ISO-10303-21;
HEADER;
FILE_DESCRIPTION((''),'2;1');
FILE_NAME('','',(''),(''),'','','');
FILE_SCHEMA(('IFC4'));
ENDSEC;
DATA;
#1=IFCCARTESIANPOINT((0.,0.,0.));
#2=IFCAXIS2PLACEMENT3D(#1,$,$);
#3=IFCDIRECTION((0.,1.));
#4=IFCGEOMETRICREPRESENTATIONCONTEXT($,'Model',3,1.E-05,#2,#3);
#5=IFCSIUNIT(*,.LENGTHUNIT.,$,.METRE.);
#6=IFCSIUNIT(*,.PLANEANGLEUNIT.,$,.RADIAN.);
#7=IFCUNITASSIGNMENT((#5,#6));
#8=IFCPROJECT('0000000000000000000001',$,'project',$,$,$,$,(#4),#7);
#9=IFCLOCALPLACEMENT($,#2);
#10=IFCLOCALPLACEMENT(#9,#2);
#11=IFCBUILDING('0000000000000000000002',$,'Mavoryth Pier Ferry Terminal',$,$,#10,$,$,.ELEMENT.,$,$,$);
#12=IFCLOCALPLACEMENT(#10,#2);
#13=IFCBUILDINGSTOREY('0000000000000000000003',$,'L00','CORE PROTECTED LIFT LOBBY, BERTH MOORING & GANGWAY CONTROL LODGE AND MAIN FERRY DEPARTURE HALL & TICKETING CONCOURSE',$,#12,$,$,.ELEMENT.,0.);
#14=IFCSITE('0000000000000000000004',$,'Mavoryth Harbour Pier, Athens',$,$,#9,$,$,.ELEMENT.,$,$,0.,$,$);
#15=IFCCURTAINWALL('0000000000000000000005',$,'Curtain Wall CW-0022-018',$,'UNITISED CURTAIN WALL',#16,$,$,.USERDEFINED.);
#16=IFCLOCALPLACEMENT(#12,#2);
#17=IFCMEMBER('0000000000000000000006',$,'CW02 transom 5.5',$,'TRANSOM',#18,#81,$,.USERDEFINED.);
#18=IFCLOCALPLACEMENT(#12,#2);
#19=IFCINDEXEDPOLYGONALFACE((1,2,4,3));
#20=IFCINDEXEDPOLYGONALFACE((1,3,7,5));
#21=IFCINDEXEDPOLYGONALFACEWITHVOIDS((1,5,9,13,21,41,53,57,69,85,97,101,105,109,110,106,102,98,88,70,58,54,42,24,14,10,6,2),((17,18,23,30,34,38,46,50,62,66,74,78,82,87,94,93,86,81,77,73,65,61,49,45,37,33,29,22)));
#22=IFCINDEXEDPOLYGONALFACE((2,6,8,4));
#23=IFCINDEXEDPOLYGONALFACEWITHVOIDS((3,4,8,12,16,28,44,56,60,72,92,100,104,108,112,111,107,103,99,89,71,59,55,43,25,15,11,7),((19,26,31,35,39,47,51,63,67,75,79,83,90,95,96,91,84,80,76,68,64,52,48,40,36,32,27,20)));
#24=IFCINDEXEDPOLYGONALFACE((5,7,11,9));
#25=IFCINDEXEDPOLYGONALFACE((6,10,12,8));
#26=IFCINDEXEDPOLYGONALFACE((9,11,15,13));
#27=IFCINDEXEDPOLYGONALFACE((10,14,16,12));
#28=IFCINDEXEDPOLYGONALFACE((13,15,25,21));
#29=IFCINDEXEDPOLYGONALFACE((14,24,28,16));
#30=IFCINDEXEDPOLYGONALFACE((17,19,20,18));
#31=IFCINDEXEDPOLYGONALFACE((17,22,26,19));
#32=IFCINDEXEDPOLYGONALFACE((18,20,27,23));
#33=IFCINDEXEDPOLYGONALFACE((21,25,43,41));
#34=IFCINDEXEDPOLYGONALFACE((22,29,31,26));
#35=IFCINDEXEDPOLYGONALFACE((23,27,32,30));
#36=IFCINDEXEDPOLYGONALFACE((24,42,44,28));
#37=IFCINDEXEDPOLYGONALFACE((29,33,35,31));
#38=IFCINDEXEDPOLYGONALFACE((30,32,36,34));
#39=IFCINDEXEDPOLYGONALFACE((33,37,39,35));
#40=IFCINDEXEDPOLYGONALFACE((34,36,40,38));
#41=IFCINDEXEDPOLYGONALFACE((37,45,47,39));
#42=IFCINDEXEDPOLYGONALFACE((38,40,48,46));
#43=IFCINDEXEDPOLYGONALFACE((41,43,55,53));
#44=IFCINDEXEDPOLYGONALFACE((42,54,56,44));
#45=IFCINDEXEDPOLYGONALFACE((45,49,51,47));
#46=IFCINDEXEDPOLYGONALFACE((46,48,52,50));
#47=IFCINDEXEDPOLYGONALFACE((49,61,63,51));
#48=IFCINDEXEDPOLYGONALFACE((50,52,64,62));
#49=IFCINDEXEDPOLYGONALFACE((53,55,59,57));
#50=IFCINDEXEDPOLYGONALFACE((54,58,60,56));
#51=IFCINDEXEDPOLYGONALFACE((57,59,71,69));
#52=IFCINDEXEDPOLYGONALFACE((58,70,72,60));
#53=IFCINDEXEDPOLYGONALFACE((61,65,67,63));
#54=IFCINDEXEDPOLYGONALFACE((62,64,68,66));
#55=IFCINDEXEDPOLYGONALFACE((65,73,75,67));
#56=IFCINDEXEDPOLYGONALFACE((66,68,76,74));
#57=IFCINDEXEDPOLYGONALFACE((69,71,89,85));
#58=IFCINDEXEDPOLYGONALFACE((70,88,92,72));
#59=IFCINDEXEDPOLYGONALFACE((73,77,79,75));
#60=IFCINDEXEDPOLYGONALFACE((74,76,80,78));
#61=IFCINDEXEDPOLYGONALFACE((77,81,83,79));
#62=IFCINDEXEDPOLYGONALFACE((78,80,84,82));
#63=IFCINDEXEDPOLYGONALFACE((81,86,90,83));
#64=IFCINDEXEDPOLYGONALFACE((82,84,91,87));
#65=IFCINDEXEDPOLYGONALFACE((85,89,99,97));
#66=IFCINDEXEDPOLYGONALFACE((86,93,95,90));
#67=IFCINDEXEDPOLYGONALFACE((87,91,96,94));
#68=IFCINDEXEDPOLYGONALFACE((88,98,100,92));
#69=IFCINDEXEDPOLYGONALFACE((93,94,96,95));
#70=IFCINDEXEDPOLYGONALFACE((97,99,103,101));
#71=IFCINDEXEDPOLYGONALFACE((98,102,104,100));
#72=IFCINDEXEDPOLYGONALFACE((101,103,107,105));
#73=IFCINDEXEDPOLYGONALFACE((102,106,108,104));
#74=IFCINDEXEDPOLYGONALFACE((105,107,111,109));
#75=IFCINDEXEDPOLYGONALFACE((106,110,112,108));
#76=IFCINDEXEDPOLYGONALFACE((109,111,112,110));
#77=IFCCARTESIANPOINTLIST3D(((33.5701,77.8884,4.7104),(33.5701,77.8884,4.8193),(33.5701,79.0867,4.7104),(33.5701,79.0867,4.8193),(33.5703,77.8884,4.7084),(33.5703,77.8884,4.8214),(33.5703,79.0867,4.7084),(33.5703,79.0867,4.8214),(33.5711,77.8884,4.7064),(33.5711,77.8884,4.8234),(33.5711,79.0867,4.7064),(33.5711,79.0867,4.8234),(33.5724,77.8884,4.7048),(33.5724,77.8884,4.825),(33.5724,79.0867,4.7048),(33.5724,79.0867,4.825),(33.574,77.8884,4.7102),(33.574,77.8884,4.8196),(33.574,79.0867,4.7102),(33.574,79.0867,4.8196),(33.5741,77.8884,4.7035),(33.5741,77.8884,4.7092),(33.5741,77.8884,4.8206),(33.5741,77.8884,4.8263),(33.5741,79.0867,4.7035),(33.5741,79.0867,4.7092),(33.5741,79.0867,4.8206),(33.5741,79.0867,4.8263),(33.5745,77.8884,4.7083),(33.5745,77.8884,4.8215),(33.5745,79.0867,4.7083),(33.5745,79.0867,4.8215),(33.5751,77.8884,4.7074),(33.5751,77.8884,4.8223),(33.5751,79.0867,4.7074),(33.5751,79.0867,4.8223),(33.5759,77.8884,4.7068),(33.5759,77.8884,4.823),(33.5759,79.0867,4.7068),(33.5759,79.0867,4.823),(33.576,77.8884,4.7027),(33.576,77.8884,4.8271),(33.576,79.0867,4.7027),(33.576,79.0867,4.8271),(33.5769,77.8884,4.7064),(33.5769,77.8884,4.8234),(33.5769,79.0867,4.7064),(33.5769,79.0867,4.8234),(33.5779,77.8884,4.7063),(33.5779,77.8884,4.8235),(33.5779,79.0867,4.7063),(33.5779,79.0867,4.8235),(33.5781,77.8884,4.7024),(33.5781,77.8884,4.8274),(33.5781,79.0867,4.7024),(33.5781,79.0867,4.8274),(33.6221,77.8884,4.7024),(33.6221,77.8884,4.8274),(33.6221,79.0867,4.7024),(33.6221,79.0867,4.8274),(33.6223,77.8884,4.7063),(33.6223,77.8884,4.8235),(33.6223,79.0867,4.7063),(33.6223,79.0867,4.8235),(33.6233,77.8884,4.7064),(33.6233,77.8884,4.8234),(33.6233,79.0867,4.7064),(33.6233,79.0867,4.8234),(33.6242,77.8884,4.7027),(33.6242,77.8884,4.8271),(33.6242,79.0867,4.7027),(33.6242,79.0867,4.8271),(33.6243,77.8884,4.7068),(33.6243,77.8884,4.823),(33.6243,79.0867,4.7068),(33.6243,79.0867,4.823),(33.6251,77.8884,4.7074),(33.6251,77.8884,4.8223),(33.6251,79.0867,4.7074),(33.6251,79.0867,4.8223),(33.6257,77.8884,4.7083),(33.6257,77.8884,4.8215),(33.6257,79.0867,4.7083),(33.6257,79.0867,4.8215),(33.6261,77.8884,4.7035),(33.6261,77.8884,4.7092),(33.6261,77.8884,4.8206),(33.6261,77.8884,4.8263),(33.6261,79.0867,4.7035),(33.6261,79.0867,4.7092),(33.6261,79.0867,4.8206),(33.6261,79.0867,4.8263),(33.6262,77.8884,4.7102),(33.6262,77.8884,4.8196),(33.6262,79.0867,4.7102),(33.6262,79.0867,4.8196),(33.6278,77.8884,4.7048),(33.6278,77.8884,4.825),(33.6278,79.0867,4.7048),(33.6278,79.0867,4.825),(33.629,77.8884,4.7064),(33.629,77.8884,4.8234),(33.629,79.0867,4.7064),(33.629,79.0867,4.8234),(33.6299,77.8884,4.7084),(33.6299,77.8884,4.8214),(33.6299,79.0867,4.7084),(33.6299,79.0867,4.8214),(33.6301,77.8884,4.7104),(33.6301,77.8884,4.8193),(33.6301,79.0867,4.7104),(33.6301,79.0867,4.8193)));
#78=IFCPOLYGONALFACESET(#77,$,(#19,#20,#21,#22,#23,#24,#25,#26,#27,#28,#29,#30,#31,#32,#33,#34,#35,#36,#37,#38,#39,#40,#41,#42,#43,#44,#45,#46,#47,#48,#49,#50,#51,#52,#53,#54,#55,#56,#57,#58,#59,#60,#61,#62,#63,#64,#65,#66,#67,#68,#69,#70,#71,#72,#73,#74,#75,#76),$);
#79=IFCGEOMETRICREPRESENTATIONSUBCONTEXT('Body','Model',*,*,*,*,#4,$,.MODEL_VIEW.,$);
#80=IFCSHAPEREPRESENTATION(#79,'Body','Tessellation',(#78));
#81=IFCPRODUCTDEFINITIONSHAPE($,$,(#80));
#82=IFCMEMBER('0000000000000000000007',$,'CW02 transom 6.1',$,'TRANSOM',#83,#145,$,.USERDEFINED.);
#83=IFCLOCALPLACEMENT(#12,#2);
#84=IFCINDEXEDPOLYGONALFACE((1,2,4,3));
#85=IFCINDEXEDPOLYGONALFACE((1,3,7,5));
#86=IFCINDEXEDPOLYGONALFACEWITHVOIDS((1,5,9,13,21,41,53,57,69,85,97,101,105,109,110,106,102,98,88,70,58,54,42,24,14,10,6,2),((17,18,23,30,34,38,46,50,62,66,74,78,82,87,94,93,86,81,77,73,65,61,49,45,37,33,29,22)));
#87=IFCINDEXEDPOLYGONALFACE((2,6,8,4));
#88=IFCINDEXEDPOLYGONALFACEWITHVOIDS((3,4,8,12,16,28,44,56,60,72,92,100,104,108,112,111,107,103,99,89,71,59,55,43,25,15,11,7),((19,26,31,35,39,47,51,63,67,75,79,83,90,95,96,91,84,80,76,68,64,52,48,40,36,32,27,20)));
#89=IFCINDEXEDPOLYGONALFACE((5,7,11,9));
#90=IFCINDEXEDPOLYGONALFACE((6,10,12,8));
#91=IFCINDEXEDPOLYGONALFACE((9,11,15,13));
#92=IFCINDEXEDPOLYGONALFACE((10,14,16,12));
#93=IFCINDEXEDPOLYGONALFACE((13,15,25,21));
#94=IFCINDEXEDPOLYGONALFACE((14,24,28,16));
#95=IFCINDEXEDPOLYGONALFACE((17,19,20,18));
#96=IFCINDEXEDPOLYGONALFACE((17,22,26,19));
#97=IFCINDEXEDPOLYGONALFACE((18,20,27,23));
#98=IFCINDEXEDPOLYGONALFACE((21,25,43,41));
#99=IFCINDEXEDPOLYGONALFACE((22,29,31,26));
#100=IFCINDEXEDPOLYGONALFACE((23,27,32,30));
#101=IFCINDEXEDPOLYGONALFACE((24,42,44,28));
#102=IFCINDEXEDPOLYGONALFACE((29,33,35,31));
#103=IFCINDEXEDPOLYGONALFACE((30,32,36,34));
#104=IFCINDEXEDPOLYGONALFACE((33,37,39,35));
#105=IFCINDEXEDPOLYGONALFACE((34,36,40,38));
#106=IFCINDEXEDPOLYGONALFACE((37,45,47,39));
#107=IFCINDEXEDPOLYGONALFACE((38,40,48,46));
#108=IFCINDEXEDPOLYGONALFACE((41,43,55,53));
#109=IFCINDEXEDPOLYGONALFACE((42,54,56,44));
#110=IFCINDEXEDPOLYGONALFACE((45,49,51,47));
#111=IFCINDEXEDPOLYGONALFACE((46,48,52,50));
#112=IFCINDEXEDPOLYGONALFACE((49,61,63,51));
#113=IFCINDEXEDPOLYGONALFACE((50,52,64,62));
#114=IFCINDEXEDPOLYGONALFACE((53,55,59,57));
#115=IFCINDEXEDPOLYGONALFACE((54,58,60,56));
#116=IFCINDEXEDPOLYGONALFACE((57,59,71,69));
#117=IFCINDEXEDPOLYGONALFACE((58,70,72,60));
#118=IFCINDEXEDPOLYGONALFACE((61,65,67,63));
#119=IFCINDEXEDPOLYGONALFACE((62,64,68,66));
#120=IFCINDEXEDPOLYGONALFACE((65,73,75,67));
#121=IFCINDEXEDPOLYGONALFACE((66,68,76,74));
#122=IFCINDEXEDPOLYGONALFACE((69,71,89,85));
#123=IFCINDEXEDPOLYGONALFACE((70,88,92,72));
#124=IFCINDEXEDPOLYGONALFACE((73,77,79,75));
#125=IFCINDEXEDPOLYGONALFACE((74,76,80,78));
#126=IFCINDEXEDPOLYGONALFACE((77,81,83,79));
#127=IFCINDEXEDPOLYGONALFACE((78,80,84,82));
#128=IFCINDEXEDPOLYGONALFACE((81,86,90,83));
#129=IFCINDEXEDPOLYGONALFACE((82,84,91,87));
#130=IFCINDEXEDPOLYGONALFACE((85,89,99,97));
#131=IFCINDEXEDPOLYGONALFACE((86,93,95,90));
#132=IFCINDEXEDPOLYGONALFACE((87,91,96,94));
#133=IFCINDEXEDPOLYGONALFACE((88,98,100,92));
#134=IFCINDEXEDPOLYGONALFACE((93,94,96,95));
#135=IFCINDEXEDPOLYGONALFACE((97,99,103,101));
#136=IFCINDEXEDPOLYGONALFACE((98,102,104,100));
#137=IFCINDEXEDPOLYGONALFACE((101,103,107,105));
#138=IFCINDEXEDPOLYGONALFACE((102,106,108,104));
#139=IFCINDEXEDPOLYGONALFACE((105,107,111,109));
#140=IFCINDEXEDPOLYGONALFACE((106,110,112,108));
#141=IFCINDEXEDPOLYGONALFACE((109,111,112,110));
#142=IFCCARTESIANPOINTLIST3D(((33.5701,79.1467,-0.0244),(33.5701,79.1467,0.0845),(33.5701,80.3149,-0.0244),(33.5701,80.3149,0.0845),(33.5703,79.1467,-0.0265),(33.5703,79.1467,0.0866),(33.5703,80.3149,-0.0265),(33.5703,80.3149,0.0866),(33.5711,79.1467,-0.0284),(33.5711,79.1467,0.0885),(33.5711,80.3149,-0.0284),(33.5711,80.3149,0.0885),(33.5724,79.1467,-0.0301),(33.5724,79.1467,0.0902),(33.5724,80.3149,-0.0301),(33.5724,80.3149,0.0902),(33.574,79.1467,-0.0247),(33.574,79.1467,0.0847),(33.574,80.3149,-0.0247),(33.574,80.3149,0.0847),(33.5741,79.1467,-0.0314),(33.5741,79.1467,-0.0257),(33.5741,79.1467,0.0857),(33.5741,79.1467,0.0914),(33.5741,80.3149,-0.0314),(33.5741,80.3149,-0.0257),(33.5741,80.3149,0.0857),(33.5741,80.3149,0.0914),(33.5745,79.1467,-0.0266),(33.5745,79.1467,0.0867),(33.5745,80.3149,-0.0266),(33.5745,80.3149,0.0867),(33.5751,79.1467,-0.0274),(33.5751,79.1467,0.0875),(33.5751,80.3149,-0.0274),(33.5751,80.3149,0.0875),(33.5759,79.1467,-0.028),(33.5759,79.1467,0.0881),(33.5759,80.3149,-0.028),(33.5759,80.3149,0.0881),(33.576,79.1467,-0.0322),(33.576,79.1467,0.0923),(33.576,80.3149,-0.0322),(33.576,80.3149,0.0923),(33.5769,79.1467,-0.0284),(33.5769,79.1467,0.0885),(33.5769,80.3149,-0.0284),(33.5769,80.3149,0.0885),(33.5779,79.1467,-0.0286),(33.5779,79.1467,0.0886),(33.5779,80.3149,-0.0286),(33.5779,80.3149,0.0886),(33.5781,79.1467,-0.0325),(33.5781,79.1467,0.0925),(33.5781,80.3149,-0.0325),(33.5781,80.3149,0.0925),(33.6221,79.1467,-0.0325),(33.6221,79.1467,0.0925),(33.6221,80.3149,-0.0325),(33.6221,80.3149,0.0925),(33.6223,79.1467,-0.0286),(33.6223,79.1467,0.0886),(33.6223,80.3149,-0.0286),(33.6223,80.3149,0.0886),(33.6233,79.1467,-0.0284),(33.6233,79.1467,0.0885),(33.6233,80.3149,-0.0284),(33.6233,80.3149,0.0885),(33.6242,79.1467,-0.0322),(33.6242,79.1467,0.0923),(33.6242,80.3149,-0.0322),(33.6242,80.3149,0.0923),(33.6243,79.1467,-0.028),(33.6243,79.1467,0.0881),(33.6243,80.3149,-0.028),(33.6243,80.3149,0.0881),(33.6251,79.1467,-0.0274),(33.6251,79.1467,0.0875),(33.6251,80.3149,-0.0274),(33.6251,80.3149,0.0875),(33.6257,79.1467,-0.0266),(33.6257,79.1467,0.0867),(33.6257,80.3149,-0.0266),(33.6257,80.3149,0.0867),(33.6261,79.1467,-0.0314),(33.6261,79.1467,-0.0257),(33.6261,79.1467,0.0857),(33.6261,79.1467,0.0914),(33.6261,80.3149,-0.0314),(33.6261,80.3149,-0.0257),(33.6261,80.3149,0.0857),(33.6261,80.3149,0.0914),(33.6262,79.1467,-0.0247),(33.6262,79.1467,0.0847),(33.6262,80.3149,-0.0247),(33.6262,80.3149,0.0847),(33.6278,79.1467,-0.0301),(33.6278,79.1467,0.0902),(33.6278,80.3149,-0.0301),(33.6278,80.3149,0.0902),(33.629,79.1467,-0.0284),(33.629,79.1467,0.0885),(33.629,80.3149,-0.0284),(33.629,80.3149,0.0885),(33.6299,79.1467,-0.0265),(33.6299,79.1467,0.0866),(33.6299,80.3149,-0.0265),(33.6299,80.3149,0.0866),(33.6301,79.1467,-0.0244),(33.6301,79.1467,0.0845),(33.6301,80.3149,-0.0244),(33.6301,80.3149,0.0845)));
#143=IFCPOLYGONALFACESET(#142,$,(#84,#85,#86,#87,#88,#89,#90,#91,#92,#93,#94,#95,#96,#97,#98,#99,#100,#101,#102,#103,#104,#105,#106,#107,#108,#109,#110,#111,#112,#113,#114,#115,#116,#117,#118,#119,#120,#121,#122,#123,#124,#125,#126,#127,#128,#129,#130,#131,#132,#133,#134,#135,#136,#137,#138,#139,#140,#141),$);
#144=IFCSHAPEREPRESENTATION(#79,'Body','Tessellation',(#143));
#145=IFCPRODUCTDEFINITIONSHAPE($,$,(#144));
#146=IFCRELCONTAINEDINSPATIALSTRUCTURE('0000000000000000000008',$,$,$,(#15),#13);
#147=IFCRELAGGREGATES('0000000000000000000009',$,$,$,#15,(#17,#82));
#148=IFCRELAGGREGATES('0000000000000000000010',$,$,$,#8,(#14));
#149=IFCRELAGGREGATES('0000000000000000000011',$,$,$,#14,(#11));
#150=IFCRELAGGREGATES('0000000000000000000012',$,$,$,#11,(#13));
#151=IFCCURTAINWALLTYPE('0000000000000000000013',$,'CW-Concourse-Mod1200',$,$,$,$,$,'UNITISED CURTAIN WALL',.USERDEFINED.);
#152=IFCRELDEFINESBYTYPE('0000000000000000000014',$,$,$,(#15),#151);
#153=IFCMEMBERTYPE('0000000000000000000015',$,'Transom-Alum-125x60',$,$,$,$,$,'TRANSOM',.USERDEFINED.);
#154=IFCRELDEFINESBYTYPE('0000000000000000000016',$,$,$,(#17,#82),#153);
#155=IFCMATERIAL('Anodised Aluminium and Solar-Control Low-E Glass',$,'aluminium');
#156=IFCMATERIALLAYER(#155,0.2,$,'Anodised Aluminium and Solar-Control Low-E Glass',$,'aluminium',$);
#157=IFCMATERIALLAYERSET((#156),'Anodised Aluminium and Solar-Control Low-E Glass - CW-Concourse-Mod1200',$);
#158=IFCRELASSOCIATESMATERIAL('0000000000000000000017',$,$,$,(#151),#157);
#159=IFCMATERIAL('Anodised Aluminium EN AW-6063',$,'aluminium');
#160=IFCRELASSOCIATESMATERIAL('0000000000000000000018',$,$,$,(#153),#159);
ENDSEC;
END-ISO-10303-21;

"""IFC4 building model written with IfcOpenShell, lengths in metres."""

from ifc_helpers import new_model, si_unit, direction, frame, origin, origin_2d, place, context, subcontext, project, spatial, hollow_rectangle, extrude, material, layer, layer_set, material_profile, profile_set, type_object, element, aggregate, save


model = new_model("IFC4")

# Units and contexts
model_context = context("Model", 3, precision=1e-05, world=origin(), true_north=direction((0.0, 1.0)))
body_context = subcontext(model_context, "Body", "Model", "MODEL_VIEW")
ifc_project = project(units=[si_unit("LENGTHUNIT", "METRE"), si_unit("PLANEANGLEUNIT", "RADIAN")], contexts=[model_context])

# Site, building, storey
site_placement = place(None, origin())
site = spatial("IfcSite", under=ifc_project, at=site_placement, Name="Mavoryth Harbour Pier, Athens", CompositionType="ELEMENT", RefElevation=0.0)
building_placement = place(site_placement, origin())
building = spatial("IfcBuilding", under=site, at=building_placement, Name="Mavoryth Pier Ferry Terminal", CompositionType="ELEMENT")
storey_placement = place(building_placement, origin())
storey = spatial("IfcBuildingStorey", under=building, at=storey_placement, Name="L00", Description="CORE PROTECTED LIFT LOBBY, BERTH MOORING & GANGWAY CONTROL LODGE AND MAIN FERRY DEPARTURE HALL & TICKETING CONCOURSE", CompositionType="ELEMENT", Elevation=0.0)

# Curtain wall, members
ifc_material_1 = material(Name="Anodised Aluminium and Solar-Control Low-E Glass", Category="aluminium")
ifc_layer_1 = layer(ifc_material_1, 0.2, Name="Anodised Aluminium and Solar-Control Low-E Glass", Category="aluminium")
ifc_layer_set_1 = layer_set([ifc_layer_1], Name="Anodised Aluminium and Solar-Control Low-E Glass - CW-Concourse-Mod1200")
curtain_wall_type = type_object("IfcCurtainWallType", Name="CW-Concourse-Mod1200", ElementType="UNITISED CURTAIN WALL", PredefinedType="USERDEFINED", material=ifc_layer_set_1)
curtain_wall_placement = place(storey_placement, origin())
curtain_wall = element("IfcCurtainWall", 1, at=curtain_wall_placement, inside=storey, type_object=curtain_wall_type, Name="Curtain Wall CW-0022-018", ObjectType="UNITISED CURTAIN WALL", PredefinedType="USERDEFINED")
ifc_material_2 = material(Name="Anodised Aluminium EN AW-6063", Category="aluminium")
ifc_material_profile_1 = material_profile(ifc_material_2, hollow_rectangle(XDim=0.0601, YDim=0.125, WallThickness=0.0039, InnerFilletRadius=0.0039, OuterFilletRadius=0.0081, at=origin_2d()), Name="AL-TRAN 125x60x4", Category="aluminium")
ifc_profile_set_1 = profile_set([ifc_material_profile_1], Name="Anodised Aluminium EN AW-6063 - AL-TRAN 125x60x4")
member_type_1 = type_object("IfcMemberType", Name="Transom-Alum-125x60", ElementType="TRANSOM", PredefinedType="USERDEFINED", material=ifc_profile_set_1)
member_1_placement = place(storey_placement, frame((33.6001, 77.8884, 4.7649), z_axis=(0.0, 1.0, 0.0), x_axis=(-1.0, 0.0, 0.0)))
member_1 = element("IfcMember", 2, at=member_1_placement, type_object=member_type_1, Name="CW02 transom 5.5", ObjectType="TRANSOM", PredefinedType="USERDEFINED", context=body_context, shape_type="SweptSolid", body=[
    extrude(hollow_rectangle(XDim=0.0601, YDim=0.125, WallThickness=0.0039, InnerFilletRadius=0.0039, OuterFilletRadius=0.0081, at=origin_2d()), origin(), (0.0, 0.0, 1.0), 1.1982),
])
member_2_placement = place(storey_placement, frame((33.6001, 79.1467, 0.03), z_axis=(0.0, 1.0, 0.0), x_axis=(-1.0, 0.0, 0.0)))
member_2 = element("IfcMember", 3, at=member_2_placement, type_object=member_type_1, Name="CW02 transom 6.1", ObjectType="TRANSOM", PredefinedType="USERDEFINED", context=body_context, shape_type="SweptSolid", body=[
    extrude(hollow_rectangle(XDim=0.0601, YDim=0.125, WallThickness=0.0039, InnerFilletRadius=0.0039, OuterFilletRadius=0.0081, at=origin_2d()), origin(), (0.0, 0.0, 1.0), 1.1682),
])
aggregate(curtain_wall, [member_1, member_2])

save(model, "model.ifc")
